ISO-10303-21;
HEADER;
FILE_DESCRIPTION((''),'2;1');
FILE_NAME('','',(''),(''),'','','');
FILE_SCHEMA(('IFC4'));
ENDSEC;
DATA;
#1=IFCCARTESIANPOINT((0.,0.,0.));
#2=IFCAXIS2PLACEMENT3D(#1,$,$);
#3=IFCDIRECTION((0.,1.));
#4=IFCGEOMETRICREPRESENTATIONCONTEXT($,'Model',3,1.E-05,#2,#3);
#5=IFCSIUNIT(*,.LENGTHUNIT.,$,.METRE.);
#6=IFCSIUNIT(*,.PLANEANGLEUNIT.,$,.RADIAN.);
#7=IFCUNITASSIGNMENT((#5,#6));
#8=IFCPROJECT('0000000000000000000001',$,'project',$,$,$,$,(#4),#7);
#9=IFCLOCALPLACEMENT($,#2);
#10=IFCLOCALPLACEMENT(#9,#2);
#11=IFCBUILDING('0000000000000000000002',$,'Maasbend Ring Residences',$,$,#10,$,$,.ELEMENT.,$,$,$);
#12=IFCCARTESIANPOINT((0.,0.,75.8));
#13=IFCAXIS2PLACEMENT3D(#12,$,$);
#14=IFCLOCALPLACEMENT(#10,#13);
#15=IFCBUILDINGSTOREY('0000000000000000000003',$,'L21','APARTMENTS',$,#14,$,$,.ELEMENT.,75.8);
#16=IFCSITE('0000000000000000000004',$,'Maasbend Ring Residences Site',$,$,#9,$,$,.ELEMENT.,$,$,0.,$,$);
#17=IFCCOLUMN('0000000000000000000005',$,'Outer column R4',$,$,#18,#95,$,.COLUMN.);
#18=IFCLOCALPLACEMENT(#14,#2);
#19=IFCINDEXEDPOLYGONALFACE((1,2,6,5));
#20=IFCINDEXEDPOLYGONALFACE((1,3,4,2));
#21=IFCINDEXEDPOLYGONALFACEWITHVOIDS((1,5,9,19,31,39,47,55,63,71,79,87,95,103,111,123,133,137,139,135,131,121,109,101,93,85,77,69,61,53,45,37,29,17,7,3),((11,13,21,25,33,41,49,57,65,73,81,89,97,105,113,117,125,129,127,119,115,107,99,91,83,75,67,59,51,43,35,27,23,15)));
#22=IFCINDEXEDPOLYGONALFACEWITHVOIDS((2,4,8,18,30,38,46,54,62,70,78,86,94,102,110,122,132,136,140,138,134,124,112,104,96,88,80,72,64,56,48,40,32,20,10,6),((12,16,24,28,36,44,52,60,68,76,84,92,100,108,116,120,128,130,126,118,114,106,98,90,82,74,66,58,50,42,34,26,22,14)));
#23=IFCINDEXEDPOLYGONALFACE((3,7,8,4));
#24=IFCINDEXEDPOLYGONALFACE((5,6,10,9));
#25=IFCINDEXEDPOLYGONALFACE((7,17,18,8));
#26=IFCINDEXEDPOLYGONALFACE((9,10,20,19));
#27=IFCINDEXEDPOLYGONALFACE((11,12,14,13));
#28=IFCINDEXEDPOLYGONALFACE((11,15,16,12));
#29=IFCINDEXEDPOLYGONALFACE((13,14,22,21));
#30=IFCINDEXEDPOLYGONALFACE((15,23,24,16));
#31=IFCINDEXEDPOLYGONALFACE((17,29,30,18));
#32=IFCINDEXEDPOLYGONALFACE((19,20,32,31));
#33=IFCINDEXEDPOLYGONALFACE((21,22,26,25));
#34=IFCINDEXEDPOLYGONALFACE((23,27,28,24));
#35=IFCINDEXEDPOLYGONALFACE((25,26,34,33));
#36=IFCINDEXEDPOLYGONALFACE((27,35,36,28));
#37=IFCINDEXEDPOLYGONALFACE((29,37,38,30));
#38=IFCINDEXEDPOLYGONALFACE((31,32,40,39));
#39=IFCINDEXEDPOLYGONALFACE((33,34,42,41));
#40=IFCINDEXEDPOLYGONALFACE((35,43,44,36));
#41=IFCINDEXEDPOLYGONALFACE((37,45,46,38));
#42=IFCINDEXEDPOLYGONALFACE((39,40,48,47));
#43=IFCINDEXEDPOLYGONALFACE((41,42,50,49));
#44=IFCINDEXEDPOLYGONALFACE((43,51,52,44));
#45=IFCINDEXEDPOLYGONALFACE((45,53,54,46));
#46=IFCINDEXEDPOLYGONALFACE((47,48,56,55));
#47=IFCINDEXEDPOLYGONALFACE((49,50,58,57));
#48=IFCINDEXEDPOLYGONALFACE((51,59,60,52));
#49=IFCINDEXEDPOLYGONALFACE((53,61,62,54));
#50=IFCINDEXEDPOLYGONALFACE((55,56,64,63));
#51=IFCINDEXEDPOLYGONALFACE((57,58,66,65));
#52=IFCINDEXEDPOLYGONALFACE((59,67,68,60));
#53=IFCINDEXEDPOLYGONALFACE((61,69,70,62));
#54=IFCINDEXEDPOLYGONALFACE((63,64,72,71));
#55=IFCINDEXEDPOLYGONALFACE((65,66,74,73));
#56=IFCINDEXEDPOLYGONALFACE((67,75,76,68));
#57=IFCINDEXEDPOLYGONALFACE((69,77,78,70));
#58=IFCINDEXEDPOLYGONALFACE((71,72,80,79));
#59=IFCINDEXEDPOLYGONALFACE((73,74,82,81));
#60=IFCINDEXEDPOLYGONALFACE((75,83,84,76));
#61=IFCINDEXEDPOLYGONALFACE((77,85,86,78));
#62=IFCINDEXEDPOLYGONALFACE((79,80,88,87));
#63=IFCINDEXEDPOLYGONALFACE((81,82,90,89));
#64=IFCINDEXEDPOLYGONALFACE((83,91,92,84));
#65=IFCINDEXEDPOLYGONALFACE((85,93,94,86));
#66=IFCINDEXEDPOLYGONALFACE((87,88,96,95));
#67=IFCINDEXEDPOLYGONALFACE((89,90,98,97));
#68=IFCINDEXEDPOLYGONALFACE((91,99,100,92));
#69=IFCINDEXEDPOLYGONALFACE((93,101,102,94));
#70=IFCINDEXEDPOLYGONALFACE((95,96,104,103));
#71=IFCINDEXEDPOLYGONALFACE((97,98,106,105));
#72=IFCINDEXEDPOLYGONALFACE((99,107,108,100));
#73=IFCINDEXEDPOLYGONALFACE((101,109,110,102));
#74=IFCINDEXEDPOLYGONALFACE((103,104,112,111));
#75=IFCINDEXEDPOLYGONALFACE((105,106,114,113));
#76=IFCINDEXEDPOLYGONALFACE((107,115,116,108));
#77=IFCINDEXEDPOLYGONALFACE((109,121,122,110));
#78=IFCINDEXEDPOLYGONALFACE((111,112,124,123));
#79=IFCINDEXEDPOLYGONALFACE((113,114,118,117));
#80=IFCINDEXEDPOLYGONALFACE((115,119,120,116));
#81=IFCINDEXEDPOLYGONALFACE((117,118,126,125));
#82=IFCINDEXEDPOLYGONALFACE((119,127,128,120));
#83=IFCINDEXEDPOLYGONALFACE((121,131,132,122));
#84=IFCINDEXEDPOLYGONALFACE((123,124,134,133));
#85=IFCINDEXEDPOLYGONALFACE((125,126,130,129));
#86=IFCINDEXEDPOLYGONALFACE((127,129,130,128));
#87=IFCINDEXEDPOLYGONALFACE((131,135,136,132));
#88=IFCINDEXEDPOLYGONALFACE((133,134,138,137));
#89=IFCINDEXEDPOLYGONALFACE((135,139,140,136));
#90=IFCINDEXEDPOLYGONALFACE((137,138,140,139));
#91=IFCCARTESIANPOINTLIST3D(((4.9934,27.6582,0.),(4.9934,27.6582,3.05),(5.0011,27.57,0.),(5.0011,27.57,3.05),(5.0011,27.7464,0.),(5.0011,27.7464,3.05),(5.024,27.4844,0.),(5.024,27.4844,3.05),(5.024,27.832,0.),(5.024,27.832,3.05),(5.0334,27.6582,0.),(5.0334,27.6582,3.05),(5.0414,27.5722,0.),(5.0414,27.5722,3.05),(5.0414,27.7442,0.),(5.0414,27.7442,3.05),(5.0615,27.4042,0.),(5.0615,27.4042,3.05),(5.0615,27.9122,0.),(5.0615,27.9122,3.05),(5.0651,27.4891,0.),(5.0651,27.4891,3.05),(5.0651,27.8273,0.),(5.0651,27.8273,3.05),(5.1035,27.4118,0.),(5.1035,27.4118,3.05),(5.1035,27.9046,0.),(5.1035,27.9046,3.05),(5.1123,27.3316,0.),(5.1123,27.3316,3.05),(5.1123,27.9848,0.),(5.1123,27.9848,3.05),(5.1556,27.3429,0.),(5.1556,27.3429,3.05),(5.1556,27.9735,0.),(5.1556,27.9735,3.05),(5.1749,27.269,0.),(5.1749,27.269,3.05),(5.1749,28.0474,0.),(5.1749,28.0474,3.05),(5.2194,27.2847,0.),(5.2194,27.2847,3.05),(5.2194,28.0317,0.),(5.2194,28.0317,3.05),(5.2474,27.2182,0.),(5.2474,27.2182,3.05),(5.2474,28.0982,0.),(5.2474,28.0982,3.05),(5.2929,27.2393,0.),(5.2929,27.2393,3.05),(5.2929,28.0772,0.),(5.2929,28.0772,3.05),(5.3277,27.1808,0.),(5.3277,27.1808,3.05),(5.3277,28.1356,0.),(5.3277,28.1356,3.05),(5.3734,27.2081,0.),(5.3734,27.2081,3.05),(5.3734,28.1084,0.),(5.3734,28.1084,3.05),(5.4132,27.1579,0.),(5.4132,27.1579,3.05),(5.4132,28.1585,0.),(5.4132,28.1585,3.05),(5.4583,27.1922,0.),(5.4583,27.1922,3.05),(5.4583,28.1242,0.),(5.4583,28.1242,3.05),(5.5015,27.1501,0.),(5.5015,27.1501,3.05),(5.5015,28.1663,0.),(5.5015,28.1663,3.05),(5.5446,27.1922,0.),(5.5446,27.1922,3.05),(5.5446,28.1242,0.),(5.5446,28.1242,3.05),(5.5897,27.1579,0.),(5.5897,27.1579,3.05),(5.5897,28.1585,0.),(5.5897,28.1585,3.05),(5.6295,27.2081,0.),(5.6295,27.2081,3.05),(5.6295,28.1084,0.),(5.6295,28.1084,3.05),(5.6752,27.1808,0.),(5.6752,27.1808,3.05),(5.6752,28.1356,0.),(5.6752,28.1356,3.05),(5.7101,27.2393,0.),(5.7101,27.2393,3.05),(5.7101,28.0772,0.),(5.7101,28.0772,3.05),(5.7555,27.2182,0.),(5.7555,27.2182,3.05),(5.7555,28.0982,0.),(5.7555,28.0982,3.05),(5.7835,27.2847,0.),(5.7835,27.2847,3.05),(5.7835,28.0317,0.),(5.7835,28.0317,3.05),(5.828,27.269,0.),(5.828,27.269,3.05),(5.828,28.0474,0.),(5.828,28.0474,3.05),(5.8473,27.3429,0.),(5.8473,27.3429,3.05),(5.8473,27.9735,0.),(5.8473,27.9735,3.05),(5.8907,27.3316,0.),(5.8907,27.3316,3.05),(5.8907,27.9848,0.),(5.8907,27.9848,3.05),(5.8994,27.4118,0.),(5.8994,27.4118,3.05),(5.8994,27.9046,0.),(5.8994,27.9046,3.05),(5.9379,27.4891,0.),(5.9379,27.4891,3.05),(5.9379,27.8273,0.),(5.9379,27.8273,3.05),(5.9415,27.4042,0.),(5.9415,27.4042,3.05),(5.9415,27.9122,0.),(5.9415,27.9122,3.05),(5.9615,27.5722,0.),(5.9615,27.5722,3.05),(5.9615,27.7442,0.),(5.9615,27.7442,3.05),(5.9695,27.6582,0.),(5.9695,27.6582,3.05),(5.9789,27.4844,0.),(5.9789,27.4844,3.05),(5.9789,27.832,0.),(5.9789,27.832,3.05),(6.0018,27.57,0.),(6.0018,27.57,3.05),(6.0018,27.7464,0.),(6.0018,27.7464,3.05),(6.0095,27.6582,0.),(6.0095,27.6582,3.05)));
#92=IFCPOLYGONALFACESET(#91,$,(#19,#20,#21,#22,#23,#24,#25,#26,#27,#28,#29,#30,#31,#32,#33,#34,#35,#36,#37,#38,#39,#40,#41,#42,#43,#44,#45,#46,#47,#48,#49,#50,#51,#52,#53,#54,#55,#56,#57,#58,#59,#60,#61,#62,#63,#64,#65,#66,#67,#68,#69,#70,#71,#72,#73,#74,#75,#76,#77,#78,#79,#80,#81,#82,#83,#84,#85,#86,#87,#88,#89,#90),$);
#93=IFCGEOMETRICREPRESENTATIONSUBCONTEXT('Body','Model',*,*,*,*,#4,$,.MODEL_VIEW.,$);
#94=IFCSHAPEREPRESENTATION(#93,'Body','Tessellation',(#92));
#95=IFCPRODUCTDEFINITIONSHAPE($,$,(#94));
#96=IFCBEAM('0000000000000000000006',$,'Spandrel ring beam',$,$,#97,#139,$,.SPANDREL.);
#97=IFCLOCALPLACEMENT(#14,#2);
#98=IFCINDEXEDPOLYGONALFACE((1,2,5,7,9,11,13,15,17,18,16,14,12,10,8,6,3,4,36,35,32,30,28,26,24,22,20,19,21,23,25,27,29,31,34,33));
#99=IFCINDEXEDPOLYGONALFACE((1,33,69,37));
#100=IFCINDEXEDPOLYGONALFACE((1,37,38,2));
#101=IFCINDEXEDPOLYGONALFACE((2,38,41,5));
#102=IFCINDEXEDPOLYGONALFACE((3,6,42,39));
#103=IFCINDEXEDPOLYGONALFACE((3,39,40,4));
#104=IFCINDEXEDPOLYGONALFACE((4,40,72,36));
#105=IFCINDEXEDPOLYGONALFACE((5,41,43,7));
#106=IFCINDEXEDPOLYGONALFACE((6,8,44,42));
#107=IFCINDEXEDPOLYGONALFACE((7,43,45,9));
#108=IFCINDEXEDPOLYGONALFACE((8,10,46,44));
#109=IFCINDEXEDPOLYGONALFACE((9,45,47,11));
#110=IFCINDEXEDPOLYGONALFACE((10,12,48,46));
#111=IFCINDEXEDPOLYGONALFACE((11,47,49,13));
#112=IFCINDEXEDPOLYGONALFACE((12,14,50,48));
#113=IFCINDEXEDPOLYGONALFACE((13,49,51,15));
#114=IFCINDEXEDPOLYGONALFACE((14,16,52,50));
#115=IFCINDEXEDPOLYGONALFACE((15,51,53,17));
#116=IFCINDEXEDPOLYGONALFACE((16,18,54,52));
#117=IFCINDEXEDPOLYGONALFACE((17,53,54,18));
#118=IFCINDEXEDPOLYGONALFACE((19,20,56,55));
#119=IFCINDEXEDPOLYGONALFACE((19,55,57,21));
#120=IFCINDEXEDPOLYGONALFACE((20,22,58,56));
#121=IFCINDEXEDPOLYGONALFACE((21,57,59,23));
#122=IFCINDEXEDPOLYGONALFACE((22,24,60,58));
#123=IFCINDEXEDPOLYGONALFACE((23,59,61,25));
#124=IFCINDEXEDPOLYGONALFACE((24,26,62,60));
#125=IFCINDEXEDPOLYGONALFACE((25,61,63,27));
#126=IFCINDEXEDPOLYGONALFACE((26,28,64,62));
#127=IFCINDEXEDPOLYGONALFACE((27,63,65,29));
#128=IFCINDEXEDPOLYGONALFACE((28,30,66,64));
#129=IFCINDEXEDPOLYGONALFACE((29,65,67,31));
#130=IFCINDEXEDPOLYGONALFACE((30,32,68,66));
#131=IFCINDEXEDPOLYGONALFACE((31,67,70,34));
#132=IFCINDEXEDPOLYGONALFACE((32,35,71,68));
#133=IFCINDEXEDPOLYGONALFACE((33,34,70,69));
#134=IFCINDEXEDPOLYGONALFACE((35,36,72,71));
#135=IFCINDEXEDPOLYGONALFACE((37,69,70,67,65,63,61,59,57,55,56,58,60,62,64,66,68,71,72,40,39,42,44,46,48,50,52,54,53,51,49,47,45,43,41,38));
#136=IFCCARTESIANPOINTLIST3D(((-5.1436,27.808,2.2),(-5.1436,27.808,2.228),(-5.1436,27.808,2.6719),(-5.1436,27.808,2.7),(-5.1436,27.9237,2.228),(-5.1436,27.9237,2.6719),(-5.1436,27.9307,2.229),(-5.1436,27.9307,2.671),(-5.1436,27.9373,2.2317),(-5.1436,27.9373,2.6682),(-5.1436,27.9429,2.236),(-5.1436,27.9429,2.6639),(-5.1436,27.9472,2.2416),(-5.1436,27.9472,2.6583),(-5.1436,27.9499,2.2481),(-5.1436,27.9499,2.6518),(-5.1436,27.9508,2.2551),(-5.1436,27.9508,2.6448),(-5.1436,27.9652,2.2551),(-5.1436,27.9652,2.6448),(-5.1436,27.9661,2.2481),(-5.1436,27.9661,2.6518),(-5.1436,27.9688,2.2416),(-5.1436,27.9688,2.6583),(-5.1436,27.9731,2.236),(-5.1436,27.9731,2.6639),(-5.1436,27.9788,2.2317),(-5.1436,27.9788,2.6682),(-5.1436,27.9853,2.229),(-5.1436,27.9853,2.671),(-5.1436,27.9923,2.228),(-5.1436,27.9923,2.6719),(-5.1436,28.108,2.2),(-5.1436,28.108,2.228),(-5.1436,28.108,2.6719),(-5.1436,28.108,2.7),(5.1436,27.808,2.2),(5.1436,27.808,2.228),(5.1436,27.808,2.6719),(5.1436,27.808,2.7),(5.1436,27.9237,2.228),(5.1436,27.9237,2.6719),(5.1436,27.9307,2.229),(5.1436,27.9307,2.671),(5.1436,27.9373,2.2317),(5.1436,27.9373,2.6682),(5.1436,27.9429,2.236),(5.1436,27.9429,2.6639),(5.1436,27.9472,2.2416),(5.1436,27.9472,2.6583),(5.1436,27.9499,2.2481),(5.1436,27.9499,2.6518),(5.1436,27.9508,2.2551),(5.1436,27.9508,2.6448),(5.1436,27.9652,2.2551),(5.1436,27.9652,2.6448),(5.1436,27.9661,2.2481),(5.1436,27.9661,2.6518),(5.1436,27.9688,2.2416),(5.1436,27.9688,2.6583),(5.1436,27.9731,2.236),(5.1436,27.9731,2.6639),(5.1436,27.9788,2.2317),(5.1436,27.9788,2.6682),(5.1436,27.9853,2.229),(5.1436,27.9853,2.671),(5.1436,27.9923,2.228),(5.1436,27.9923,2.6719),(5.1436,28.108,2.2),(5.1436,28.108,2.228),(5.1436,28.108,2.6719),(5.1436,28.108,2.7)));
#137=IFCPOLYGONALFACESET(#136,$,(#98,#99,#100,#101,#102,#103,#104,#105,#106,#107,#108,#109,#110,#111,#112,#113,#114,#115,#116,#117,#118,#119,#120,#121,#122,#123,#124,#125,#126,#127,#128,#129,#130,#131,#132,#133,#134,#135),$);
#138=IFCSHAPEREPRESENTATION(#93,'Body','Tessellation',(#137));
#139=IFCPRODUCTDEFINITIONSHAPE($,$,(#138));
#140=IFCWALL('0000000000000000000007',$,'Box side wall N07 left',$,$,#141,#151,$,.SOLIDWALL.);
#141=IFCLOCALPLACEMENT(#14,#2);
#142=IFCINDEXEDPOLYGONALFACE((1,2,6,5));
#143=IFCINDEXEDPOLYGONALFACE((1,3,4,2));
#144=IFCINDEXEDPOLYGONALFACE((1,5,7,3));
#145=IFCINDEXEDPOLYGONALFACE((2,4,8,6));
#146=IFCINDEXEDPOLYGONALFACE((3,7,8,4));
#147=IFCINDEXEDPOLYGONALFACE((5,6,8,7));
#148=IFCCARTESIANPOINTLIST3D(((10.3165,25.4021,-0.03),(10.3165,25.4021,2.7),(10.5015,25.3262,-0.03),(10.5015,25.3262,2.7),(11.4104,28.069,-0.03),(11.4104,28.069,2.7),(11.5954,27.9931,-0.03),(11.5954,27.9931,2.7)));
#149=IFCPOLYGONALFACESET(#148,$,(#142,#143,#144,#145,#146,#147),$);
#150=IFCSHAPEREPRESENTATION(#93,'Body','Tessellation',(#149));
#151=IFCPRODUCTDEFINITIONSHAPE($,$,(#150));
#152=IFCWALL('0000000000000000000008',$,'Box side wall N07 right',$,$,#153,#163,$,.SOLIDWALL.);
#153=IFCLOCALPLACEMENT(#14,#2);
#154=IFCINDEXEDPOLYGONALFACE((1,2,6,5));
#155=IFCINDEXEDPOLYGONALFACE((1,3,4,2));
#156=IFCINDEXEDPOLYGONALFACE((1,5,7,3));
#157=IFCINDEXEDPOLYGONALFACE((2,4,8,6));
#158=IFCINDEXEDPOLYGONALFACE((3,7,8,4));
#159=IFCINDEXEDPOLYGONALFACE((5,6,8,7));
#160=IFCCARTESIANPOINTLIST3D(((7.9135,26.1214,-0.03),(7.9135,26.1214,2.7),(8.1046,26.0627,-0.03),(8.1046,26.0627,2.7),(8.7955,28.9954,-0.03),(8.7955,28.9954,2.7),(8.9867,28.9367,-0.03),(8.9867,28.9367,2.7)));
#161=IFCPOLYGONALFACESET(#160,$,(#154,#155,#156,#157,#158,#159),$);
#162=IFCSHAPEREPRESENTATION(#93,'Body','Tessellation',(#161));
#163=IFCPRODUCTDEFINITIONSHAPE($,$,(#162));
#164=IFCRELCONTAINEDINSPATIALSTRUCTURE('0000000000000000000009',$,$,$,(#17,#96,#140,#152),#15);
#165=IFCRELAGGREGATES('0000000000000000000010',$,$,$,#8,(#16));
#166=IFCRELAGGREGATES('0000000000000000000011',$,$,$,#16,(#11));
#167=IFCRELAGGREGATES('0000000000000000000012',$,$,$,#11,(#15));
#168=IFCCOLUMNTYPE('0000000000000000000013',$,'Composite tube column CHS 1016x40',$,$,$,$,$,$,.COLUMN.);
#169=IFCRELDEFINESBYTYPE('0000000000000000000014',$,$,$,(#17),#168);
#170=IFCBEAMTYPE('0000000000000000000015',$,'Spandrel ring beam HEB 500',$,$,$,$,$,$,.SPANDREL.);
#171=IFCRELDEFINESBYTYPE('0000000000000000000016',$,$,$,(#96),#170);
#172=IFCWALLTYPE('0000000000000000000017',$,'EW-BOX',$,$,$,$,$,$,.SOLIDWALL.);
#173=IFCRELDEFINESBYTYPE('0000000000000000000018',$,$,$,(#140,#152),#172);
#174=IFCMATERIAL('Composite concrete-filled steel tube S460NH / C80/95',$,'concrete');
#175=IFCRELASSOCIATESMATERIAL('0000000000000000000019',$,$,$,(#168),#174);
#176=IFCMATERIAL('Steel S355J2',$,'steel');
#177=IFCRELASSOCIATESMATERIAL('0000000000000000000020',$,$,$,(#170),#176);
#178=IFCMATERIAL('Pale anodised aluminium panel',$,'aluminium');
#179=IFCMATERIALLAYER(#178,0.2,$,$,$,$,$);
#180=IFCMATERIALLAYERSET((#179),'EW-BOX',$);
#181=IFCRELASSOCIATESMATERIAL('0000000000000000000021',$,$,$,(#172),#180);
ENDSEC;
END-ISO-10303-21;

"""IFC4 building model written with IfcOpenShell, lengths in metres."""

from ifc_helpers import new_model, si_unit, direction, frame, frame_2d, origin, origin_2d, place, context, subcontext, project, spatial, rectangle, hollow_circle, i_section, extrude, material, layer, layer_set, material_profile, profile_set, type_object, element, save


model = new_model("IFC4")

# Units and contexts
model_context = context("Model", 3, precision=1e-05, world=origin(), true_north=direction((0.0, 1.0)))
body_context = subcontext(model_context, "Body", "Model", "MODEL_VIEW")
ifc_project = project(units=[si_unit("LENGTHUNIT", "METRE"), si_unit("PLANEANGLEUNIT", "RADIAN")], contexts=[model_context])

# Site, building, storey
site_placement = place(None, origin())
site = spatial("IfcSite", under=ifc_project, at=site_placement, Name="Maasbend Ring Residences Site", CompositionType="ELEMENT", RefElevation=0.0)
building_placement = place(site_placement, origin())
building = spatial("IfcBuilding", under=site, at=building_placement, Name="Maasbend Ring Residences", CompositionType="ELEMENT")
storey_placement = place(building_placement, frame((0.0, 0.0, 75.8)))
storey = spatial("IfcBuildingStorey", under=building, at=storey_placement, Name="L21", Description="APARTMENTS", CompositionType="ELEMENT", Elevation=75.8)

# Column
ifc_material_1 = material(Name="Composite concrete-filled steel tube S460NH / C80/95", Category="concrete")
ifc_material_profile_1 = material_profile(ifc_material_1, hollow_circle(Radius=0.5081, WallThickness=0.04, at=origin_2d()), Name="Composite tube column CHS 1016x40")
ifc_profile_set_1 = profile_set([ifc_material_profile_1], Name="Composite concrete-filled steel tube S460NH / C80/95")
column_type = type_object("IfcColumnType", Name="Composite tube column CHS 1016x40", PredefinedType="COLUMN", material=ifc_profile_set_1)
column_placement = place(storey_placement, frame((5.5015, 27.6582, 0.0), z_axis=(0.0, 0.0, 1.0), x_axis=(1.0, 0.0, 0.0)))
element("IfcColumn", 1, at=column_placement, inside=storey, type_object=column_type, Name="Outer column R4", PredefinedType="COLUMN", context=body_context, shape_type="SweptSolid", body=[
    extrude(hollow_circle(Radius=0.5081, WallThickness=0.04, at=origin_2d()), origin(), (0.0, 0.0, 1.0), 3.05),
])

# Beam
ifc_material_2 = material(Name="Steel S355J2", Category="steel")
ifc_material_profile_2 = material_profile(ifc_material_2, i_section(OverallWidth=0.3, OverallDepth=0.5, WebThickness=0.0144, FlangeThickness=0.0281, FilletRadius=0.0271, at=origin_2d()), Name="HEB 500")
ifc_profile_set_2 = profile_set([ifc_material_profile_2], Name="Steel S355J2")
beam_type = type_object("IfcBeamType", Name="Spandrel ring beam HEB 500", PredefinedType="SPANDREL", material=ifc_profile_set_2)
beam_placement = place(storey_placement, frame((5.1436, 27.958, 2.45), z_axis=(-1.0, 0.0, 0.0), x_axis=(0.0, -1.0, 0.0)))
element("IfcBeam", 2, at=beam_placement, inside=storey, type_object=beam_type, Name="Spandrel ring beam", PredefinedType="SPANDREL", context=body_context, shape_type="SweptSolid", body=[
    extrude(i_section(OverallWidth=0.3, OverallDepth=0.5, WebThickness=0.0144, FlangeThickness=0.0281, FilletRadius=0.0271, at=origin_2d()), origin(), (0.0, 0.0, 1.0), 10.2871),
])

# Walls
ifc_material_3 = material(Name="Pale anodised aluminium panel", Category="aluminium")
ifc_layer_1 = layer(ifc_material_3, 0.2)
ifc_layer_set_1 = layer_set([ifc_layer_1], Name="EW-BOX")
wall_type_1 = type_object("IfcWallType", Name="EW-BOX", PredefinedType="SOLIDWALL", material=ifc_layer_set_1)
wall_1_placement = place(storey_placement, frame((10.4089, 25.364, -0.03), z_axis=(0.0, 0.0, 1.0), x_axis=(0.37951, 0.925188, 0.0)))
element("IfcWall", 3, at=wall_1_placement, inside=storey, type_object=wall_type_1, Name="Box side wall N07 left", PredefinedType="SOLIDWALL", context=body_context, shape_type="SweptSolid", body=[
    extrude(rectangle(XDim=2.8826, YDim=0.2, at=frame_2d((1.4414, 0.0))), origin(), (0.0, 0.0, 1.0), 2.73),
])
wall_2_placement = place(storey_placement, frame((8.009, 26.092, -0.03), z_axis=(0.0, 0.0, 1.0), x_axis=(0.293407, 0.955988, 0.0)))
element("IfcWall", 4, at=wall_2_placement, inside=storey, type_object=wall_type_1, Name="Box side wall N07 right", PredefinedType="SOLIDWALL", context=body_context, shape_type="SweptSolid", body=[
    extrude(rectangle(XDim=3.0063, YDim=0.2, at=frame_2d((1.5032, 0.0))), origin(), (0.0, 0.0, 1.0), 2.73),
])

save(model, "model.ifc")
